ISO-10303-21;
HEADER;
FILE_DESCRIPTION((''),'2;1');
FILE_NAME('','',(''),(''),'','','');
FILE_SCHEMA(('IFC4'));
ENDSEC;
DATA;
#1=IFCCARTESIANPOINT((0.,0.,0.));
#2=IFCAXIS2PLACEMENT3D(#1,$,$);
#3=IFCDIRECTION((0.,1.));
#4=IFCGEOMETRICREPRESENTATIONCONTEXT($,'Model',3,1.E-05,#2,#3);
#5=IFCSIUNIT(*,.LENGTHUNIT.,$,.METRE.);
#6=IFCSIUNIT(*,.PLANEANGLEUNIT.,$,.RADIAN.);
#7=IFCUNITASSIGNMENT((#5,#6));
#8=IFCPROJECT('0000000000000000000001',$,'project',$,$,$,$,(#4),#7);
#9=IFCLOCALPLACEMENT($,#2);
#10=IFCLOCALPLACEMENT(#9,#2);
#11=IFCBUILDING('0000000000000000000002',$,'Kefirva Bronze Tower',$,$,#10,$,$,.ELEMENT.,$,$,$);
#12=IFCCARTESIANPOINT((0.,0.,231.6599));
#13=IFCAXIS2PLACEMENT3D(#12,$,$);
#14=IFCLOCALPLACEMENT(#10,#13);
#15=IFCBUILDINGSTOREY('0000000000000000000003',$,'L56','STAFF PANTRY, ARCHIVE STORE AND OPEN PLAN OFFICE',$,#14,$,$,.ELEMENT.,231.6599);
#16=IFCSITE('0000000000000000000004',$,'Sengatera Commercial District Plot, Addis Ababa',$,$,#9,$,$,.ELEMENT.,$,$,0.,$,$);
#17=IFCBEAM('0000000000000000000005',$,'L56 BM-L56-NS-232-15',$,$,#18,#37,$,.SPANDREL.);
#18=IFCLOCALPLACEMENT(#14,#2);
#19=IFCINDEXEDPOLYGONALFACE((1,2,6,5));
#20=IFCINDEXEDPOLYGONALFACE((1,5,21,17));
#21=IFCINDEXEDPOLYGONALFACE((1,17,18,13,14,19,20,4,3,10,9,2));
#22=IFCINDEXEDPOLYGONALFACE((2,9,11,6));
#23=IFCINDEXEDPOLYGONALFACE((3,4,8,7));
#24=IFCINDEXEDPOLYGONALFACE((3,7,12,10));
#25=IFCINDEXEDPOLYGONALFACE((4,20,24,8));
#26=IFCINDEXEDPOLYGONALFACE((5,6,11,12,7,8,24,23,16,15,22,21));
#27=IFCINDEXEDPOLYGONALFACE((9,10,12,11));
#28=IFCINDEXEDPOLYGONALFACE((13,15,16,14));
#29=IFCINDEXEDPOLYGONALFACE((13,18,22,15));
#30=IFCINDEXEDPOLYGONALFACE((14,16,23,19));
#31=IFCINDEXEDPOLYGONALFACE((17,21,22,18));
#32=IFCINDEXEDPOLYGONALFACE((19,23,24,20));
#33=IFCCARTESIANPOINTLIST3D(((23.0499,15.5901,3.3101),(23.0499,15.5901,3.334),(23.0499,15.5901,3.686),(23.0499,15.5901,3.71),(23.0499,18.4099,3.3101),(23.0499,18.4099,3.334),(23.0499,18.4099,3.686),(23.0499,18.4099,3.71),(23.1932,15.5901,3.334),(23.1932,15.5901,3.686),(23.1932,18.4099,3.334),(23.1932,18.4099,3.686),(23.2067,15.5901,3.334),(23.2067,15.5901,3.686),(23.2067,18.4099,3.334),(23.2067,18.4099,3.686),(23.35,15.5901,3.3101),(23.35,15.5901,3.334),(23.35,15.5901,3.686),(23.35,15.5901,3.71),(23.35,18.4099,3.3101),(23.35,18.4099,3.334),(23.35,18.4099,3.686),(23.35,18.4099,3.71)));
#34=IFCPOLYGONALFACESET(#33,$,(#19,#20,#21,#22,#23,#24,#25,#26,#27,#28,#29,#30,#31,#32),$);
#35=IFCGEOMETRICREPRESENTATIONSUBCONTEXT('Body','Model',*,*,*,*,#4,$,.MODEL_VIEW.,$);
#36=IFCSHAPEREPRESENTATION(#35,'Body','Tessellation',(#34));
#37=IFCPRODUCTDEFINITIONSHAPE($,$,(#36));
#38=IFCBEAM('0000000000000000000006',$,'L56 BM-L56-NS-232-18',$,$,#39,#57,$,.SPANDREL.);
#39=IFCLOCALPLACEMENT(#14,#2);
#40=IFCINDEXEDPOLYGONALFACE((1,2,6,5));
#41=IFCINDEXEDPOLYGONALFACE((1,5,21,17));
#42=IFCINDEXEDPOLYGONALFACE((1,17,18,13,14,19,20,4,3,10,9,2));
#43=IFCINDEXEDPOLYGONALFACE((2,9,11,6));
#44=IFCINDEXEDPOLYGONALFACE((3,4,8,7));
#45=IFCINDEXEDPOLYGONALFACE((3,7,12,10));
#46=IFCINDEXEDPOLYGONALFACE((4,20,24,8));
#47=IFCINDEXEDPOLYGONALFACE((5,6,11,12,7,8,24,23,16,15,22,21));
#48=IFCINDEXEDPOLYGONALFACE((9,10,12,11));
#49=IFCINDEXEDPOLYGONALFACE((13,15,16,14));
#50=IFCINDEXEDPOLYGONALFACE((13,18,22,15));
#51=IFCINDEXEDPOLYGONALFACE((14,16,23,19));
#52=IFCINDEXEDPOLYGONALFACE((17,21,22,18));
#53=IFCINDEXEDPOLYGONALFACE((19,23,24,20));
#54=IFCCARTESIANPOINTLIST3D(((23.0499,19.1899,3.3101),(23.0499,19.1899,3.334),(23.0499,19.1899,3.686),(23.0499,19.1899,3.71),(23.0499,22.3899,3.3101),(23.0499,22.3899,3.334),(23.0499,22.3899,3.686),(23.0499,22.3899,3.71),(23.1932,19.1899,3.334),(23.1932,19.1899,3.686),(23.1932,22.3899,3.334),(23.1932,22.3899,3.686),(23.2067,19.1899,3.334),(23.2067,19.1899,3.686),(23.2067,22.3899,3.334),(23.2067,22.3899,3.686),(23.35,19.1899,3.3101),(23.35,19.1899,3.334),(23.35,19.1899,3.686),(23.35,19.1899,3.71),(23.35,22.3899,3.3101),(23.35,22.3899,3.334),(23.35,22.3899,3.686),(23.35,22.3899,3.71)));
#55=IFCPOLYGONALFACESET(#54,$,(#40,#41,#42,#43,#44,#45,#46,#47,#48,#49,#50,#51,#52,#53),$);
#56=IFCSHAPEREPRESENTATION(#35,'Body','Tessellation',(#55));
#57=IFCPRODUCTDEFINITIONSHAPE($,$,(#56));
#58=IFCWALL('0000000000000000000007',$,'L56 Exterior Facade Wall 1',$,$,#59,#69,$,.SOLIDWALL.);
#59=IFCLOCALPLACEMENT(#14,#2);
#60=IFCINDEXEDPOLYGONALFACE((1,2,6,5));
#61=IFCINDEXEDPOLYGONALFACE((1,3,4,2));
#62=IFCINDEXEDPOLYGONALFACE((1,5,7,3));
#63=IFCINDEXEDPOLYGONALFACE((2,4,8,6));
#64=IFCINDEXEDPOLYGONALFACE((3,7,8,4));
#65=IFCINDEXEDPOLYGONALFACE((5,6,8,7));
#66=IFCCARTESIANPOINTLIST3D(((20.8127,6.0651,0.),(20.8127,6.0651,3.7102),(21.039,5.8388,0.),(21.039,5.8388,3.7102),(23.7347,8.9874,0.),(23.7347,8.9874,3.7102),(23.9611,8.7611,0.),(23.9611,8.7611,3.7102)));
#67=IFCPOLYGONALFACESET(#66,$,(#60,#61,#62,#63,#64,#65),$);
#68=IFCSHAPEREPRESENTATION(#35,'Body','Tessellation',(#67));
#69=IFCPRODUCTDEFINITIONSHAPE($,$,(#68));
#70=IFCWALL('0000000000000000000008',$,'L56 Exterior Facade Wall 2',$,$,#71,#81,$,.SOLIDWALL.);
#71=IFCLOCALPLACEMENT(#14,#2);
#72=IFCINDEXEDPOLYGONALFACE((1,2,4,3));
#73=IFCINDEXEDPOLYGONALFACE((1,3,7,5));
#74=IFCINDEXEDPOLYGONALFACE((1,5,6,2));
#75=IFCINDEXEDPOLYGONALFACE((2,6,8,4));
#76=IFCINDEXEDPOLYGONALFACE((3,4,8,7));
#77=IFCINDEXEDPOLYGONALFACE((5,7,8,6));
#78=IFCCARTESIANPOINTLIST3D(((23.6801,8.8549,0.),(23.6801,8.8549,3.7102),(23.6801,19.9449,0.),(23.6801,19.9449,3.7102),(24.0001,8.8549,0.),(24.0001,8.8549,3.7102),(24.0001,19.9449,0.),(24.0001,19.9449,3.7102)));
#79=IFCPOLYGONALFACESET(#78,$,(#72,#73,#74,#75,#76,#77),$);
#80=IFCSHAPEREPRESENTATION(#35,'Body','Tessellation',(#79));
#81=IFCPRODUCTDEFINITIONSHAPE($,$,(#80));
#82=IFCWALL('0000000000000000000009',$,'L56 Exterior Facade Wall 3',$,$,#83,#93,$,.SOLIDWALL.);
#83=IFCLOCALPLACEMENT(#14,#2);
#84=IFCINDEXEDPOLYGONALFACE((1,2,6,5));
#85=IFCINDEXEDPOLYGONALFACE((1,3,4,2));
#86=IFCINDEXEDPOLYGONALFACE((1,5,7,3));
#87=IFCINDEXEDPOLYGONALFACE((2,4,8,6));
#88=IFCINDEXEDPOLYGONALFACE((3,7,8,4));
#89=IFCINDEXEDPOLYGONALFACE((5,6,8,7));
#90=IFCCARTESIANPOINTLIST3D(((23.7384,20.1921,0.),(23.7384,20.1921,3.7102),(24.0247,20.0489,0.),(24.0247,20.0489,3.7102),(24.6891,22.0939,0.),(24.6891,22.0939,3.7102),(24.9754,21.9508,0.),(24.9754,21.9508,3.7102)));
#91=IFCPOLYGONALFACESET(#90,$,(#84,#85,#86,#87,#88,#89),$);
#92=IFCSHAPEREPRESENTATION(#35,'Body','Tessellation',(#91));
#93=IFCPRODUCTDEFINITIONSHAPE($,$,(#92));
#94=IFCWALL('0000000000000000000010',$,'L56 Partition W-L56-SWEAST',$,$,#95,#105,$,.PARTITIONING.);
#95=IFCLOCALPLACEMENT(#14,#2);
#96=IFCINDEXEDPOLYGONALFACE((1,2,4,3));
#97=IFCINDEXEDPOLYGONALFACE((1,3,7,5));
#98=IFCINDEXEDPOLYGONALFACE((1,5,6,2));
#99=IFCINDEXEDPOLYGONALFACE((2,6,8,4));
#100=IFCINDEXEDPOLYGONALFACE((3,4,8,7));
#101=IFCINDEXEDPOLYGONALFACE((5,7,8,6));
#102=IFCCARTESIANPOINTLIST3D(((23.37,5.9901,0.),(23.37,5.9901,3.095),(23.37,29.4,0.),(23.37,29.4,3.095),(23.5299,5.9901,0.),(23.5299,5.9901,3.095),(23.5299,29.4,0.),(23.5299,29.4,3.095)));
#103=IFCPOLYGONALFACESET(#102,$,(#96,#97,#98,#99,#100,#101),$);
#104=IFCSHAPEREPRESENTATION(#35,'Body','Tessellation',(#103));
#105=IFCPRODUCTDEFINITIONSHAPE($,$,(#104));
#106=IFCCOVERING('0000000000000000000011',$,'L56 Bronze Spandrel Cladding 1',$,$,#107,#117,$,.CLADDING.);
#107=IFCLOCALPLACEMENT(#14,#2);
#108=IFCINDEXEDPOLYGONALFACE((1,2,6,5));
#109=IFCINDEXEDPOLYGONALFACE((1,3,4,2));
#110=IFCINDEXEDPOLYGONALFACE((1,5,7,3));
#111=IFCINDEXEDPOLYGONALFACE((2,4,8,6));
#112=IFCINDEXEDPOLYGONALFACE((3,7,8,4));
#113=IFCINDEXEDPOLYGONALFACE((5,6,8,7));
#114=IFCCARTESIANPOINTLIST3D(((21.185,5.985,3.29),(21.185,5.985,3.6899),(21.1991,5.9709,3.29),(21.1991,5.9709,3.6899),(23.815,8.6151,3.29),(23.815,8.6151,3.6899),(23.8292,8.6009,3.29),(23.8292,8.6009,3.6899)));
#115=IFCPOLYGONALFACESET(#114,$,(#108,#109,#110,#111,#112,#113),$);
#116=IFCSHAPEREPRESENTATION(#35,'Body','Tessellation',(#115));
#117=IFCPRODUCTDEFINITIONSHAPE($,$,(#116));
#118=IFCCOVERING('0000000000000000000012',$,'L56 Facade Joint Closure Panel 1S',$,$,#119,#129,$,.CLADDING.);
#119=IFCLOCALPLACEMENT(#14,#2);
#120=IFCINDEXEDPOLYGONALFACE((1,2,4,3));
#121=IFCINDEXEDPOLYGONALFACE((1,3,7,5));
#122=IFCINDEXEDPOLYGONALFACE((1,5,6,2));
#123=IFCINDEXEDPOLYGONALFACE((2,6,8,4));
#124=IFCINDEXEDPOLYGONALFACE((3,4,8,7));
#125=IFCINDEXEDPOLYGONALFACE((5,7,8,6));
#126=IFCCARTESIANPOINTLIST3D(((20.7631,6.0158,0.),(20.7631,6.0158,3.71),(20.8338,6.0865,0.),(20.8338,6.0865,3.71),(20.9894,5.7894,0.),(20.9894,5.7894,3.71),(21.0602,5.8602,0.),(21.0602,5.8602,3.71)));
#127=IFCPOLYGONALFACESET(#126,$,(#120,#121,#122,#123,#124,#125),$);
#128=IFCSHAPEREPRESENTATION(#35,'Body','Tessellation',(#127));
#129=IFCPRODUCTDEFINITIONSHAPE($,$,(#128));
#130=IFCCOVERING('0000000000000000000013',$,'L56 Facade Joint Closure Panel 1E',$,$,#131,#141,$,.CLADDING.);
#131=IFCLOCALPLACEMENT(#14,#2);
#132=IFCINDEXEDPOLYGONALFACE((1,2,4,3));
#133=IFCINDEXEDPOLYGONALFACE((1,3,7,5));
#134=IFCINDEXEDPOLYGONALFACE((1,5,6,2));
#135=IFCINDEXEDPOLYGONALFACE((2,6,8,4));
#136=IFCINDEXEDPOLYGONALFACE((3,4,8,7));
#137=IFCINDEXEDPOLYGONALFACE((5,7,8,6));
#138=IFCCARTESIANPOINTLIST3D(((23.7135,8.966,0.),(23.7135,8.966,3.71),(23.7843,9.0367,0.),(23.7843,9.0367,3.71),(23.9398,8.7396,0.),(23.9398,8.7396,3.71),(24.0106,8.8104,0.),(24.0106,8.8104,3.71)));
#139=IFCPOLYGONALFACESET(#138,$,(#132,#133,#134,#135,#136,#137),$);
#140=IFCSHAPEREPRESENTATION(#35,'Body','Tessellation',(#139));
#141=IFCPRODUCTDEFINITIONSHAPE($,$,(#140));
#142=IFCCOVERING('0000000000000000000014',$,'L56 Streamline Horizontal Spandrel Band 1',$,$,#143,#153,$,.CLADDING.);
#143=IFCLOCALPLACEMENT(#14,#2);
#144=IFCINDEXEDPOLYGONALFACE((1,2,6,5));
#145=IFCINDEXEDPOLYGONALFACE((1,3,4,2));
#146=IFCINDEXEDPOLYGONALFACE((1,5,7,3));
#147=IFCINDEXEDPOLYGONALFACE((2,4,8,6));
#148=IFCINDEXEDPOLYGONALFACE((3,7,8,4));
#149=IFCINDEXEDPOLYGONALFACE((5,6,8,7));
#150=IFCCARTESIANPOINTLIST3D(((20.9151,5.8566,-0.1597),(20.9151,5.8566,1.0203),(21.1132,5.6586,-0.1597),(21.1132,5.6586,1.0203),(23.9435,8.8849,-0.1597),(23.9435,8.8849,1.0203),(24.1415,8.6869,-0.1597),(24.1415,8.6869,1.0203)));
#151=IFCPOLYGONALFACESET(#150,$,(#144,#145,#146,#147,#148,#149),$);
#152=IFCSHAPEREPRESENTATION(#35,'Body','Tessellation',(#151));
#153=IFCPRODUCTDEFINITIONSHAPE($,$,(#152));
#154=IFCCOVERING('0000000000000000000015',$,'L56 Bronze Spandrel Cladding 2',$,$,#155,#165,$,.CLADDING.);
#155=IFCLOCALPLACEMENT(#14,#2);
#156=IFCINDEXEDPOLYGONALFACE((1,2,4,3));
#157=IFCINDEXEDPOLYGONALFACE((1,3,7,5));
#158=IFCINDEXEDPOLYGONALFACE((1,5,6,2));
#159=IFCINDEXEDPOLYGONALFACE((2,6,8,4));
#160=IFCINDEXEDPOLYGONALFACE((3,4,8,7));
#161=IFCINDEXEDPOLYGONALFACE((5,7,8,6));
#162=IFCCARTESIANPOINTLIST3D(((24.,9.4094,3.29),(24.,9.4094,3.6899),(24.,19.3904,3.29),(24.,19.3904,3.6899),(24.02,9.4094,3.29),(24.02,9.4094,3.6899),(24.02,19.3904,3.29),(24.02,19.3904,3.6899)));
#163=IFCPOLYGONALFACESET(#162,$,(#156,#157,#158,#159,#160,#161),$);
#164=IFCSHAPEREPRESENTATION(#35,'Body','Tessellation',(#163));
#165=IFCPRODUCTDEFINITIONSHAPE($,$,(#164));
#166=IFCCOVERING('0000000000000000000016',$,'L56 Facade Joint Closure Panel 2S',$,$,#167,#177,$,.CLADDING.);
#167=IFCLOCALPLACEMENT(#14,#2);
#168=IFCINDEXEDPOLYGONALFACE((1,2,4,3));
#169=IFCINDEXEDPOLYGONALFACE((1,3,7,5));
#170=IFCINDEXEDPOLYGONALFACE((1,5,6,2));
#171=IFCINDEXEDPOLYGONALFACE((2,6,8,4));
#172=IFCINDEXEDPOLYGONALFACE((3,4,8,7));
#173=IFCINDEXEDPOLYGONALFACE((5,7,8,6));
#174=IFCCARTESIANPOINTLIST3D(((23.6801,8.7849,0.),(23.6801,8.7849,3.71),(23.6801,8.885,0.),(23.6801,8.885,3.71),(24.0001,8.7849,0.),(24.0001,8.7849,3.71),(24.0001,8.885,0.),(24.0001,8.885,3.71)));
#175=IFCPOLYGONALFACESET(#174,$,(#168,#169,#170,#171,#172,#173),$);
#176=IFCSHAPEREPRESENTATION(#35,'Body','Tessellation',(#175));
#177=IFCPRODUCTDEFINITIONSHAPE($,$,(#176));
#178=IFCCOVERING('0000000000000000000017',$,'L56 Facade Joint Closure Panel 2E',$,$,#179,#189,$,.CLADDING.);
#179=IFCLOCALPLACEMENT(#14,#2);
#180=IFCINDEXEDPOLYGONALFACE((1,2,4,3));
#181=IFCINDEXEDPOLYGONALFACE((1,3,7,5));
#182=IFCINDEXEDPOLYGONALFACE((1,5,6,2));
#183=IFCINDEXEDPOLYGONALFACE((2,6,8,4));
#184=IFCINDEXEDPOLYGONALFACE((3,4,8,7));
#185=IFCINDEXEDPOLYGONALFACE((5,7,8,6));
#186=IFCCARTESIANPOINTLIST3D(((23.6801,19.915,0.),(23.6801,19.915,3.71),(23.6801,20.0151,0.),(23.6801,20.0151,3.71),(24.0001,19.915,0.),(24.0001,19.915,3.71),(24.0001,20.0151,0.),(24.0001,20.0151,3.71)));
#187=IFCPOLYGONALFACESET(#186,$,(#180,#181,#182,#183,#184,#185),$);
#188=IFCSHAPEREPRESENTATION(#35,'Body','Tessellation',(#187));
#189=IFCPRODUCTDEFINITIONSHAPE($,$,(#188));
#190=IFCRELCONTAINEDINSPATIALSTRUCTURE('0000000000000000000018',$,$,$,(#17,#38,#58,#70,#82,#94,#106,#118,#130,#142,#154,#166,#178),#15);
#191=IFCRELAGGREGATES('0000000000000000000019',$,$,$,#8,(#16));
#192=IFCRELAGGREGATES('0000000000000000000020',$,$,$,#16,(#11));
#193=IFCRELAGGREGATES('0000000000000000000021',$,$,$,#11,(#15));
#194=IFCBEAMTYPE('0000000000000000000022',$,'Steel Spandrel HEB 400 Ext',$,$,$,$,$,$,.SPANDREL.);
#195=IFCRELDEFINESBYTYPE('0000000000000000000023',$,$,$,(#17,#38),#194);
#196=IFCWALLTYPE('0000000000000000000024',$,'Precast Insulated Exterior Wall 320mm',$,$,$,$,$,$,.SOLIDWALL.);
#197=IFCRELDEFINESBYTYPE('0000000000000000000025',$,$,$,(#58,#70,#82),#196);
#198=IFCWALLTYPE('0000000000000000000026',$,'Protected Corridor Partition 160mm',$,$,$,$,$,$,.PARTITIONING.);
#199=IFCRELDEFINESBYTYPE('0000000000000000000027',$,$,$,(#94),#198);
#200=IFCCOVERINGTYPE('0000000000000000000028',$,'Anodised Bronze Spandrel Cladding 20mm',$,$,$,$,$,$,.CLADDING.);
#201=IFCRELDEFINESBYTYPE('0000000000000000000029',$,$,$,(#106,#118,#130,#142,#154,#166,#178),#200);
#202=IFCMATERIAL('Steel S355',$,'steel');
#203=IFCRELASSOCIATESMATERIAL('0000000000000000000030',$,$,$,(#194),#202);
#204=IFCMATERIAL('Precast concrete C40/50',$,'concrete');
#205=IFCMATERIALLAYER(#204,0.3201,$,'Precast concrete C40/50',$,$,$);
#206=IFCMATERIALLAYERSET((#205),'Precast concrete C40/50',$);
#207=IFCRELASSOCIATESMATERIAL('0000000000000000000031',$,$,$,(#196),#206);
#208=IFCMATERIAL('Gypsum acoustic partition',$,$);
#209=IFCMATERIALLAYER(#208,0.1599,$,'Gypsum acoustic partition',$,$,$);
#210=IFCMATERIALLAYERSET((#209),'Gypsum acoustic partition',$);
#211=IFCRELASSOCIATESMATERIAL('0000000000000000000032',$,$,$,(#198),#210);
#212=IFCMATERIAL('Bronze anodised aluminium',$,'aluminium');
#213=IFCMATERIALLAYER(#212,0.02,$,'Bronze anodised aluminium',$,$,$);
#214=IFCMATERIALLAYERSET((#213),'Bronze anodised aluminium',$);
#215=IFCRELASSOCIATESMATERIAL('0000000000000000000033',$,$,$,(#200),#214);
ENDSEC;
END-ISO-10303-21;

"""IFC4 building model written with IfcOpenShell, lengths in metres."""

from ifc_helpers import new_model, si_unit, direction, frame, frame_2d, origin, origin_2d, place, context, subcontext, project, spatial, rectangle, i_section, extrude, material, layer, layer_set, material_profile, profile_set, type_object, element, save


model = new_model("IFC4")

# Units and contexts
model_context = context("Model", 3, precision=1e-05, world=origin(), true_north=direction((0.0, 1.0)))
body_context = subcontext(model_context, "Body", "Model", "MODEL_VIEW")
ifc_project = project(units=[si_unit("LENGTHUNIT", "METRE"), si_unit("PLANEANGLEUNIT", "RADIAN")], contexts=[model_context])

# Site, building, storey
site_placement = place(None, origin())
site = spatial("IfcSite", under=ifc_project, at=site_placement, Name="Sengatera Commercial District Plot, Addis Ababa", CompositionType="ELEMENT", RefElevation=0.0)
building_placement = place(site_placement, origin())
building = spatial("IfcBuilding", under=site, at=building_placement, Name="Kefirva Bronze Tower", CompositionType="ELEMENT")
storey_placement = place(building_placement, frame((0.0, 0.0, 231.6599)))
storey = spatial("IfcBuildingStorey", under=building, at=storey_placement, Name="L56", Description="STAFF PANTRY, ARCHIVE STORE AND OPEN PLAN OFFICE", CompositionType="ELEMENT", Elevation=231.6599)

# Shared definitions
ifc_material_1 = material(Name="Bronze anodised aluminium", Category="aluminium")

# Beams
ifc_material_2 = material(Name="Steel S355", Category="steel")
ifc_material_profile_1 = material_profile(ifc_material_2, i_section(OverallWidth=0.3, OverallDepth=0.3999, WebThickness=0.0134, FlangeThickness=0.0239, at=origin_2d()), Name="HEB 400")
ifc_profile_set_1 = profile_set([ifc_material_profile_1], Name="Steel S355")
beam_type_1 = type_object("IfcBeamType", Name="Steel Spandrel HEB 400 Ext", PredefinedType="SPANDREL", material=ifc_profile_set_1)
beam_1_placement = place(storey_placement, frame((23.2, 15.5901, 3.51), z_axis=(0.0, 1.0, 0.0), x_axis=(-1.0, 0.0, 0.0)))
element("IfcBeam", 1, at=beam_1_placement, inside=storey, type_object=beam_type_1, Name="L56 BM-L56-NS-232-15", PredefinedType="SPANDREL", context=body_context, shape_type="SweptSolid", body=[
    extrude(i_section(OverallWidth=0.3, OverallDepth=0.3999, WebThickness=0.0134, FlangeThickness=0.0239, at=origin_2d()), origin(), (0.0, 0.0, 1.0), 2.8198),
])
beam_2_placement = place(storey_placement, frame((23.2, 19.1899, 3.51), z_axis=(0.0, 1.0, 0.0), x_axis=(-1.0, 0.0, 0.0)))
element("IfcBeam", 2, at=beam_2_placement, inside=storey, type_object=beam_type_1, Name="L56 BM-L56-NS-232-18", PredefinedType="SPANDREL", context=body_context, shape_type="SweptSolid", body=[
    extrude(i_section(OverallWidth=0.3, OverallDepth=0.3999, WebThickness=0.0134, FlangeThickness=0.0239, at=origin_2d()), origin(), (0.0, 0.0, 1.0), 3.2),
])

# Walls
ifc_material_3 = material(Name="Precast concrete C40/50", Category="concrete")
ifc_layer_1 = layer(ifc_material_3, 0.3201, Name="Precast concrete C40/50")
ifc_layer_set_1 = layer_set([ifc_layer_1], Name="Precast concrete C40/50")
wall_type_1 = type_object("IfcWallType", Name="Precast Insulated Exterior Wall 320mm", PredefinedType="SOLIDWALL", material=ifc_layer_set_1)
wall_1_placement = place(storey_placement, frame((20.9258, 5.9519, 0.0), z_axis=(0.0, 0.0, 1.0), x_axis=(0.707077, 0.707136, 0.0)))
element("IfcWall", 3, at=wall_1_placement, inside=storey, type_object=wall_type_1, Name="L56 Exterior Facade Wall 1", PredefinedType="SOLIDWALL", context=body_context, shape_type="SweptSolid", body=[
    extrude(rectangle(XDim=4.1326, YDim=0.3201, at=frame_2d((2.0664, 0.0))), origin(), (0.0, 0.0, 1.0), 3.7102),
])
wall_2_placement = place(storey_placement, frame((23.8401, 8.855, 0.0), z_axis=(0.0, 0.0, 1.0), x_axis=(0.0, 1.0, 0.0)))
element("IfcWall", 4, at=wall_2_placement, inside=storey, type_object=wall_type_1, Name="L56 Exterior Facade Wall 2", PredefinedType="SOLIDWALL", context=body_context, shape_type="SweptSolid", body=[
    extrude(rectangle(XDim=11.0901, YDim=0.3201, at=frame_2d((5.5449, 0.0))), origin(), (0.0, 0.0, 1.0), 3.7102),
])
wall_3_placement = place(storey_placement, frame((23.8816, 20.1206, 0.0), z_axis=(0.0, 0.0, 1.0), x_axis=(0.447122, 0.894473, 0.0)))
element("IfcWall", 5, at=wall_3_placement, inside=storey, type_object=wall_type_1, Name="L56 Exterior Facade Wall 3", PredefinedType="SOLIDWALL", context=body_context, shape_type="SweptSolid", body=[
    extrude(rectangle(XDim=2.1262, YDim=0.3201, at=frame_2d((1.063, 0.0))), origin(), (0.0, 0.0, 1.0), 3.7102),
])
ifc_material_4 = material(Name="Gypsum acoustic partition")
ifc_layer_2 = layer(ifc_material_4, 0.1599, Name="Gypsum acoustic partition")
ifc_layer_set_2 = layer_set([ifc_layer_2], Name="Gypsum acoustic partition")
wall_type_2 = type_object("IfcWallType", Name="Protected Corridor Partition 160mm", PredefinedType="PARTITIONING", material=ifc_layer_set_2)
wall_4_placement = place(storey_placement, frame((23.45, 5.99, 0.0), z_axis=(0.0, 0.0, 1.0), x_axis=(0.0, 1.0, 0.0)))
element("IfcWall", 6, at=wall_4_placement, inside=storey, type_object=wall_type_2, Name="L56 Partition W-L56-SWEAST", PredefinedType="PARTITIONING", context=body_context, shape_type="SweptSolid", body=[
    extrude(rectangle(XDim=23.4099, YDim=0.1599, at=frame_2d((11.7051, 0.0))), origin(), (0.0, 0.0, 1.0), 3.095),
])

# Coverings
ifc_layer_3 = layer(ifc_material_1, 0.02, Name="Bronze anodised aluminium")
ifc_layer_set_3 = layer_set([ifc_layer_3], Name="Bronze anodised aluminium")
covering_type_1 = type_object("IfcCoveringType", Name="Anodised Bronze Spandrel Cladding 20mm", PredefinedType="CLADDING", material=ifc_layer_set_3)
covering_1_placement = place(storey_placement, frame((22.5071, 7.293, 3.29), z_axis=(0.0, 0.0, 1.0), x_axis=(0.707107, 0.707107, 0.0)))
element("IfcCovering", 7, at=covering_1_placement, inside=storey, type_object=covering_type_1, Name="L56 Bronze Spandrel Cladding 1", PredefinedType="CLADDING", context=body_context, shape_type="SweptSolid", body=[
    extrude(rectangle(XDim=3.7195, YDim=0.02, at=origin_2d()), origin(), (0.0, 0.0, 1.0), 0.3999),
])
for number, where, z_axis, x_axis, name in (
    (8, (20.9116, 5.938, 0.0), (0.0, 0.0, 1.0), (0.707107, 0.707107, 0.0), "L56 Facade Joint Closure Panel 1S"),
    (9, (23.8621, 8.8882, 0.0), (0.0, 0.0, 1.0), (0.707107, 0.707107, 0.0), "L56 Facade Joint Closure Panel 1E"),
):
    element("IfcCovering", number, at=place(storey_placement, frame(where, z_axis=z_axis, x_axis=x_axis)), inside=storey, type_object=covering_type_1, Name=name, PredefinedType="CLADDING", context=body_context, shape_type="SweptSolid", body=[
        extrude(rectangle(XDim=0.1001, YDim=0.3201, at=origin_2d()), origin(), (0.0, 0.0, 1.0), 3.71),
    ])
covering_2_placement = place(storey_placement, frame((22.5283, 7.2717, -0.1597), z_axis=(0.0, 0.0, 1.0), x_axis=(0.707107, 0.707107, 0.0)))
element("IfcCovering", 10, at=covering_2_placement, inside=storey, type_object=covering_type_1, Name="L56 Streamline Horizontal Spandrel Band 1", PredefinedType="CLADDING", context=body_context, shape_type="SweptSolid", body=[
    extrude(rectangle(XDim=4.2827, YDim=0.28, at=origin_2d()), origin(), (0.0, 0.0, 1.0), 1.1799),
])
covering_3_placement = place(storey_placement, frame((24.01, 14.3999, 3.29), z_axis=(0.0, 0.0, 1.0), x_axis=(0.0, 1.0, 0.0)))
element("IfcCovering", 11, at=covering_3_placement, inside=storey, type_object=covering_type_1, Name="L56 Bronze Spandrel Cladding 2", PredefinedType="CLADDING", context=body_context, shape_type="SweptSolid", body=[
    extrude(rectangle(XDim=9.981, YDim=0.02, at=origin_2d()), origin(), (0.0, 0.0, 1.0), 0.3999),
])
for number, where, z_axis, x_axis, name in (
    (12, (23.8401, 8.835, 0.0), (0.0, 0.0, 1.0), (0.0, 1.0, 0.0), "L56 Facade Joint Closure Panel 2S"),
    (13, (23.8401, 19.9651, 0.0), (0.0, 0.0, 1.0), (0.0, 1.0, 0.0), "L56 Facade Joint Closure Panel 2E"),
):
    element("IfcCovering", number, at=place(storey_placement, frame(where, z_axis=z_axis, x_axis=x_axis)), inside=storey, type_object=covering_type_1, Name=name, PredefinedType="CLADDING", context=body_context, shape_type="SweptSolid", body=[
        extrude(rectangle(XDim=0.1001, YDim=0.3201, at=origin_2d()), origin(), (0.0, 0.0, 1.0), 3.71),
    ])

save(model, "model.ifc")
